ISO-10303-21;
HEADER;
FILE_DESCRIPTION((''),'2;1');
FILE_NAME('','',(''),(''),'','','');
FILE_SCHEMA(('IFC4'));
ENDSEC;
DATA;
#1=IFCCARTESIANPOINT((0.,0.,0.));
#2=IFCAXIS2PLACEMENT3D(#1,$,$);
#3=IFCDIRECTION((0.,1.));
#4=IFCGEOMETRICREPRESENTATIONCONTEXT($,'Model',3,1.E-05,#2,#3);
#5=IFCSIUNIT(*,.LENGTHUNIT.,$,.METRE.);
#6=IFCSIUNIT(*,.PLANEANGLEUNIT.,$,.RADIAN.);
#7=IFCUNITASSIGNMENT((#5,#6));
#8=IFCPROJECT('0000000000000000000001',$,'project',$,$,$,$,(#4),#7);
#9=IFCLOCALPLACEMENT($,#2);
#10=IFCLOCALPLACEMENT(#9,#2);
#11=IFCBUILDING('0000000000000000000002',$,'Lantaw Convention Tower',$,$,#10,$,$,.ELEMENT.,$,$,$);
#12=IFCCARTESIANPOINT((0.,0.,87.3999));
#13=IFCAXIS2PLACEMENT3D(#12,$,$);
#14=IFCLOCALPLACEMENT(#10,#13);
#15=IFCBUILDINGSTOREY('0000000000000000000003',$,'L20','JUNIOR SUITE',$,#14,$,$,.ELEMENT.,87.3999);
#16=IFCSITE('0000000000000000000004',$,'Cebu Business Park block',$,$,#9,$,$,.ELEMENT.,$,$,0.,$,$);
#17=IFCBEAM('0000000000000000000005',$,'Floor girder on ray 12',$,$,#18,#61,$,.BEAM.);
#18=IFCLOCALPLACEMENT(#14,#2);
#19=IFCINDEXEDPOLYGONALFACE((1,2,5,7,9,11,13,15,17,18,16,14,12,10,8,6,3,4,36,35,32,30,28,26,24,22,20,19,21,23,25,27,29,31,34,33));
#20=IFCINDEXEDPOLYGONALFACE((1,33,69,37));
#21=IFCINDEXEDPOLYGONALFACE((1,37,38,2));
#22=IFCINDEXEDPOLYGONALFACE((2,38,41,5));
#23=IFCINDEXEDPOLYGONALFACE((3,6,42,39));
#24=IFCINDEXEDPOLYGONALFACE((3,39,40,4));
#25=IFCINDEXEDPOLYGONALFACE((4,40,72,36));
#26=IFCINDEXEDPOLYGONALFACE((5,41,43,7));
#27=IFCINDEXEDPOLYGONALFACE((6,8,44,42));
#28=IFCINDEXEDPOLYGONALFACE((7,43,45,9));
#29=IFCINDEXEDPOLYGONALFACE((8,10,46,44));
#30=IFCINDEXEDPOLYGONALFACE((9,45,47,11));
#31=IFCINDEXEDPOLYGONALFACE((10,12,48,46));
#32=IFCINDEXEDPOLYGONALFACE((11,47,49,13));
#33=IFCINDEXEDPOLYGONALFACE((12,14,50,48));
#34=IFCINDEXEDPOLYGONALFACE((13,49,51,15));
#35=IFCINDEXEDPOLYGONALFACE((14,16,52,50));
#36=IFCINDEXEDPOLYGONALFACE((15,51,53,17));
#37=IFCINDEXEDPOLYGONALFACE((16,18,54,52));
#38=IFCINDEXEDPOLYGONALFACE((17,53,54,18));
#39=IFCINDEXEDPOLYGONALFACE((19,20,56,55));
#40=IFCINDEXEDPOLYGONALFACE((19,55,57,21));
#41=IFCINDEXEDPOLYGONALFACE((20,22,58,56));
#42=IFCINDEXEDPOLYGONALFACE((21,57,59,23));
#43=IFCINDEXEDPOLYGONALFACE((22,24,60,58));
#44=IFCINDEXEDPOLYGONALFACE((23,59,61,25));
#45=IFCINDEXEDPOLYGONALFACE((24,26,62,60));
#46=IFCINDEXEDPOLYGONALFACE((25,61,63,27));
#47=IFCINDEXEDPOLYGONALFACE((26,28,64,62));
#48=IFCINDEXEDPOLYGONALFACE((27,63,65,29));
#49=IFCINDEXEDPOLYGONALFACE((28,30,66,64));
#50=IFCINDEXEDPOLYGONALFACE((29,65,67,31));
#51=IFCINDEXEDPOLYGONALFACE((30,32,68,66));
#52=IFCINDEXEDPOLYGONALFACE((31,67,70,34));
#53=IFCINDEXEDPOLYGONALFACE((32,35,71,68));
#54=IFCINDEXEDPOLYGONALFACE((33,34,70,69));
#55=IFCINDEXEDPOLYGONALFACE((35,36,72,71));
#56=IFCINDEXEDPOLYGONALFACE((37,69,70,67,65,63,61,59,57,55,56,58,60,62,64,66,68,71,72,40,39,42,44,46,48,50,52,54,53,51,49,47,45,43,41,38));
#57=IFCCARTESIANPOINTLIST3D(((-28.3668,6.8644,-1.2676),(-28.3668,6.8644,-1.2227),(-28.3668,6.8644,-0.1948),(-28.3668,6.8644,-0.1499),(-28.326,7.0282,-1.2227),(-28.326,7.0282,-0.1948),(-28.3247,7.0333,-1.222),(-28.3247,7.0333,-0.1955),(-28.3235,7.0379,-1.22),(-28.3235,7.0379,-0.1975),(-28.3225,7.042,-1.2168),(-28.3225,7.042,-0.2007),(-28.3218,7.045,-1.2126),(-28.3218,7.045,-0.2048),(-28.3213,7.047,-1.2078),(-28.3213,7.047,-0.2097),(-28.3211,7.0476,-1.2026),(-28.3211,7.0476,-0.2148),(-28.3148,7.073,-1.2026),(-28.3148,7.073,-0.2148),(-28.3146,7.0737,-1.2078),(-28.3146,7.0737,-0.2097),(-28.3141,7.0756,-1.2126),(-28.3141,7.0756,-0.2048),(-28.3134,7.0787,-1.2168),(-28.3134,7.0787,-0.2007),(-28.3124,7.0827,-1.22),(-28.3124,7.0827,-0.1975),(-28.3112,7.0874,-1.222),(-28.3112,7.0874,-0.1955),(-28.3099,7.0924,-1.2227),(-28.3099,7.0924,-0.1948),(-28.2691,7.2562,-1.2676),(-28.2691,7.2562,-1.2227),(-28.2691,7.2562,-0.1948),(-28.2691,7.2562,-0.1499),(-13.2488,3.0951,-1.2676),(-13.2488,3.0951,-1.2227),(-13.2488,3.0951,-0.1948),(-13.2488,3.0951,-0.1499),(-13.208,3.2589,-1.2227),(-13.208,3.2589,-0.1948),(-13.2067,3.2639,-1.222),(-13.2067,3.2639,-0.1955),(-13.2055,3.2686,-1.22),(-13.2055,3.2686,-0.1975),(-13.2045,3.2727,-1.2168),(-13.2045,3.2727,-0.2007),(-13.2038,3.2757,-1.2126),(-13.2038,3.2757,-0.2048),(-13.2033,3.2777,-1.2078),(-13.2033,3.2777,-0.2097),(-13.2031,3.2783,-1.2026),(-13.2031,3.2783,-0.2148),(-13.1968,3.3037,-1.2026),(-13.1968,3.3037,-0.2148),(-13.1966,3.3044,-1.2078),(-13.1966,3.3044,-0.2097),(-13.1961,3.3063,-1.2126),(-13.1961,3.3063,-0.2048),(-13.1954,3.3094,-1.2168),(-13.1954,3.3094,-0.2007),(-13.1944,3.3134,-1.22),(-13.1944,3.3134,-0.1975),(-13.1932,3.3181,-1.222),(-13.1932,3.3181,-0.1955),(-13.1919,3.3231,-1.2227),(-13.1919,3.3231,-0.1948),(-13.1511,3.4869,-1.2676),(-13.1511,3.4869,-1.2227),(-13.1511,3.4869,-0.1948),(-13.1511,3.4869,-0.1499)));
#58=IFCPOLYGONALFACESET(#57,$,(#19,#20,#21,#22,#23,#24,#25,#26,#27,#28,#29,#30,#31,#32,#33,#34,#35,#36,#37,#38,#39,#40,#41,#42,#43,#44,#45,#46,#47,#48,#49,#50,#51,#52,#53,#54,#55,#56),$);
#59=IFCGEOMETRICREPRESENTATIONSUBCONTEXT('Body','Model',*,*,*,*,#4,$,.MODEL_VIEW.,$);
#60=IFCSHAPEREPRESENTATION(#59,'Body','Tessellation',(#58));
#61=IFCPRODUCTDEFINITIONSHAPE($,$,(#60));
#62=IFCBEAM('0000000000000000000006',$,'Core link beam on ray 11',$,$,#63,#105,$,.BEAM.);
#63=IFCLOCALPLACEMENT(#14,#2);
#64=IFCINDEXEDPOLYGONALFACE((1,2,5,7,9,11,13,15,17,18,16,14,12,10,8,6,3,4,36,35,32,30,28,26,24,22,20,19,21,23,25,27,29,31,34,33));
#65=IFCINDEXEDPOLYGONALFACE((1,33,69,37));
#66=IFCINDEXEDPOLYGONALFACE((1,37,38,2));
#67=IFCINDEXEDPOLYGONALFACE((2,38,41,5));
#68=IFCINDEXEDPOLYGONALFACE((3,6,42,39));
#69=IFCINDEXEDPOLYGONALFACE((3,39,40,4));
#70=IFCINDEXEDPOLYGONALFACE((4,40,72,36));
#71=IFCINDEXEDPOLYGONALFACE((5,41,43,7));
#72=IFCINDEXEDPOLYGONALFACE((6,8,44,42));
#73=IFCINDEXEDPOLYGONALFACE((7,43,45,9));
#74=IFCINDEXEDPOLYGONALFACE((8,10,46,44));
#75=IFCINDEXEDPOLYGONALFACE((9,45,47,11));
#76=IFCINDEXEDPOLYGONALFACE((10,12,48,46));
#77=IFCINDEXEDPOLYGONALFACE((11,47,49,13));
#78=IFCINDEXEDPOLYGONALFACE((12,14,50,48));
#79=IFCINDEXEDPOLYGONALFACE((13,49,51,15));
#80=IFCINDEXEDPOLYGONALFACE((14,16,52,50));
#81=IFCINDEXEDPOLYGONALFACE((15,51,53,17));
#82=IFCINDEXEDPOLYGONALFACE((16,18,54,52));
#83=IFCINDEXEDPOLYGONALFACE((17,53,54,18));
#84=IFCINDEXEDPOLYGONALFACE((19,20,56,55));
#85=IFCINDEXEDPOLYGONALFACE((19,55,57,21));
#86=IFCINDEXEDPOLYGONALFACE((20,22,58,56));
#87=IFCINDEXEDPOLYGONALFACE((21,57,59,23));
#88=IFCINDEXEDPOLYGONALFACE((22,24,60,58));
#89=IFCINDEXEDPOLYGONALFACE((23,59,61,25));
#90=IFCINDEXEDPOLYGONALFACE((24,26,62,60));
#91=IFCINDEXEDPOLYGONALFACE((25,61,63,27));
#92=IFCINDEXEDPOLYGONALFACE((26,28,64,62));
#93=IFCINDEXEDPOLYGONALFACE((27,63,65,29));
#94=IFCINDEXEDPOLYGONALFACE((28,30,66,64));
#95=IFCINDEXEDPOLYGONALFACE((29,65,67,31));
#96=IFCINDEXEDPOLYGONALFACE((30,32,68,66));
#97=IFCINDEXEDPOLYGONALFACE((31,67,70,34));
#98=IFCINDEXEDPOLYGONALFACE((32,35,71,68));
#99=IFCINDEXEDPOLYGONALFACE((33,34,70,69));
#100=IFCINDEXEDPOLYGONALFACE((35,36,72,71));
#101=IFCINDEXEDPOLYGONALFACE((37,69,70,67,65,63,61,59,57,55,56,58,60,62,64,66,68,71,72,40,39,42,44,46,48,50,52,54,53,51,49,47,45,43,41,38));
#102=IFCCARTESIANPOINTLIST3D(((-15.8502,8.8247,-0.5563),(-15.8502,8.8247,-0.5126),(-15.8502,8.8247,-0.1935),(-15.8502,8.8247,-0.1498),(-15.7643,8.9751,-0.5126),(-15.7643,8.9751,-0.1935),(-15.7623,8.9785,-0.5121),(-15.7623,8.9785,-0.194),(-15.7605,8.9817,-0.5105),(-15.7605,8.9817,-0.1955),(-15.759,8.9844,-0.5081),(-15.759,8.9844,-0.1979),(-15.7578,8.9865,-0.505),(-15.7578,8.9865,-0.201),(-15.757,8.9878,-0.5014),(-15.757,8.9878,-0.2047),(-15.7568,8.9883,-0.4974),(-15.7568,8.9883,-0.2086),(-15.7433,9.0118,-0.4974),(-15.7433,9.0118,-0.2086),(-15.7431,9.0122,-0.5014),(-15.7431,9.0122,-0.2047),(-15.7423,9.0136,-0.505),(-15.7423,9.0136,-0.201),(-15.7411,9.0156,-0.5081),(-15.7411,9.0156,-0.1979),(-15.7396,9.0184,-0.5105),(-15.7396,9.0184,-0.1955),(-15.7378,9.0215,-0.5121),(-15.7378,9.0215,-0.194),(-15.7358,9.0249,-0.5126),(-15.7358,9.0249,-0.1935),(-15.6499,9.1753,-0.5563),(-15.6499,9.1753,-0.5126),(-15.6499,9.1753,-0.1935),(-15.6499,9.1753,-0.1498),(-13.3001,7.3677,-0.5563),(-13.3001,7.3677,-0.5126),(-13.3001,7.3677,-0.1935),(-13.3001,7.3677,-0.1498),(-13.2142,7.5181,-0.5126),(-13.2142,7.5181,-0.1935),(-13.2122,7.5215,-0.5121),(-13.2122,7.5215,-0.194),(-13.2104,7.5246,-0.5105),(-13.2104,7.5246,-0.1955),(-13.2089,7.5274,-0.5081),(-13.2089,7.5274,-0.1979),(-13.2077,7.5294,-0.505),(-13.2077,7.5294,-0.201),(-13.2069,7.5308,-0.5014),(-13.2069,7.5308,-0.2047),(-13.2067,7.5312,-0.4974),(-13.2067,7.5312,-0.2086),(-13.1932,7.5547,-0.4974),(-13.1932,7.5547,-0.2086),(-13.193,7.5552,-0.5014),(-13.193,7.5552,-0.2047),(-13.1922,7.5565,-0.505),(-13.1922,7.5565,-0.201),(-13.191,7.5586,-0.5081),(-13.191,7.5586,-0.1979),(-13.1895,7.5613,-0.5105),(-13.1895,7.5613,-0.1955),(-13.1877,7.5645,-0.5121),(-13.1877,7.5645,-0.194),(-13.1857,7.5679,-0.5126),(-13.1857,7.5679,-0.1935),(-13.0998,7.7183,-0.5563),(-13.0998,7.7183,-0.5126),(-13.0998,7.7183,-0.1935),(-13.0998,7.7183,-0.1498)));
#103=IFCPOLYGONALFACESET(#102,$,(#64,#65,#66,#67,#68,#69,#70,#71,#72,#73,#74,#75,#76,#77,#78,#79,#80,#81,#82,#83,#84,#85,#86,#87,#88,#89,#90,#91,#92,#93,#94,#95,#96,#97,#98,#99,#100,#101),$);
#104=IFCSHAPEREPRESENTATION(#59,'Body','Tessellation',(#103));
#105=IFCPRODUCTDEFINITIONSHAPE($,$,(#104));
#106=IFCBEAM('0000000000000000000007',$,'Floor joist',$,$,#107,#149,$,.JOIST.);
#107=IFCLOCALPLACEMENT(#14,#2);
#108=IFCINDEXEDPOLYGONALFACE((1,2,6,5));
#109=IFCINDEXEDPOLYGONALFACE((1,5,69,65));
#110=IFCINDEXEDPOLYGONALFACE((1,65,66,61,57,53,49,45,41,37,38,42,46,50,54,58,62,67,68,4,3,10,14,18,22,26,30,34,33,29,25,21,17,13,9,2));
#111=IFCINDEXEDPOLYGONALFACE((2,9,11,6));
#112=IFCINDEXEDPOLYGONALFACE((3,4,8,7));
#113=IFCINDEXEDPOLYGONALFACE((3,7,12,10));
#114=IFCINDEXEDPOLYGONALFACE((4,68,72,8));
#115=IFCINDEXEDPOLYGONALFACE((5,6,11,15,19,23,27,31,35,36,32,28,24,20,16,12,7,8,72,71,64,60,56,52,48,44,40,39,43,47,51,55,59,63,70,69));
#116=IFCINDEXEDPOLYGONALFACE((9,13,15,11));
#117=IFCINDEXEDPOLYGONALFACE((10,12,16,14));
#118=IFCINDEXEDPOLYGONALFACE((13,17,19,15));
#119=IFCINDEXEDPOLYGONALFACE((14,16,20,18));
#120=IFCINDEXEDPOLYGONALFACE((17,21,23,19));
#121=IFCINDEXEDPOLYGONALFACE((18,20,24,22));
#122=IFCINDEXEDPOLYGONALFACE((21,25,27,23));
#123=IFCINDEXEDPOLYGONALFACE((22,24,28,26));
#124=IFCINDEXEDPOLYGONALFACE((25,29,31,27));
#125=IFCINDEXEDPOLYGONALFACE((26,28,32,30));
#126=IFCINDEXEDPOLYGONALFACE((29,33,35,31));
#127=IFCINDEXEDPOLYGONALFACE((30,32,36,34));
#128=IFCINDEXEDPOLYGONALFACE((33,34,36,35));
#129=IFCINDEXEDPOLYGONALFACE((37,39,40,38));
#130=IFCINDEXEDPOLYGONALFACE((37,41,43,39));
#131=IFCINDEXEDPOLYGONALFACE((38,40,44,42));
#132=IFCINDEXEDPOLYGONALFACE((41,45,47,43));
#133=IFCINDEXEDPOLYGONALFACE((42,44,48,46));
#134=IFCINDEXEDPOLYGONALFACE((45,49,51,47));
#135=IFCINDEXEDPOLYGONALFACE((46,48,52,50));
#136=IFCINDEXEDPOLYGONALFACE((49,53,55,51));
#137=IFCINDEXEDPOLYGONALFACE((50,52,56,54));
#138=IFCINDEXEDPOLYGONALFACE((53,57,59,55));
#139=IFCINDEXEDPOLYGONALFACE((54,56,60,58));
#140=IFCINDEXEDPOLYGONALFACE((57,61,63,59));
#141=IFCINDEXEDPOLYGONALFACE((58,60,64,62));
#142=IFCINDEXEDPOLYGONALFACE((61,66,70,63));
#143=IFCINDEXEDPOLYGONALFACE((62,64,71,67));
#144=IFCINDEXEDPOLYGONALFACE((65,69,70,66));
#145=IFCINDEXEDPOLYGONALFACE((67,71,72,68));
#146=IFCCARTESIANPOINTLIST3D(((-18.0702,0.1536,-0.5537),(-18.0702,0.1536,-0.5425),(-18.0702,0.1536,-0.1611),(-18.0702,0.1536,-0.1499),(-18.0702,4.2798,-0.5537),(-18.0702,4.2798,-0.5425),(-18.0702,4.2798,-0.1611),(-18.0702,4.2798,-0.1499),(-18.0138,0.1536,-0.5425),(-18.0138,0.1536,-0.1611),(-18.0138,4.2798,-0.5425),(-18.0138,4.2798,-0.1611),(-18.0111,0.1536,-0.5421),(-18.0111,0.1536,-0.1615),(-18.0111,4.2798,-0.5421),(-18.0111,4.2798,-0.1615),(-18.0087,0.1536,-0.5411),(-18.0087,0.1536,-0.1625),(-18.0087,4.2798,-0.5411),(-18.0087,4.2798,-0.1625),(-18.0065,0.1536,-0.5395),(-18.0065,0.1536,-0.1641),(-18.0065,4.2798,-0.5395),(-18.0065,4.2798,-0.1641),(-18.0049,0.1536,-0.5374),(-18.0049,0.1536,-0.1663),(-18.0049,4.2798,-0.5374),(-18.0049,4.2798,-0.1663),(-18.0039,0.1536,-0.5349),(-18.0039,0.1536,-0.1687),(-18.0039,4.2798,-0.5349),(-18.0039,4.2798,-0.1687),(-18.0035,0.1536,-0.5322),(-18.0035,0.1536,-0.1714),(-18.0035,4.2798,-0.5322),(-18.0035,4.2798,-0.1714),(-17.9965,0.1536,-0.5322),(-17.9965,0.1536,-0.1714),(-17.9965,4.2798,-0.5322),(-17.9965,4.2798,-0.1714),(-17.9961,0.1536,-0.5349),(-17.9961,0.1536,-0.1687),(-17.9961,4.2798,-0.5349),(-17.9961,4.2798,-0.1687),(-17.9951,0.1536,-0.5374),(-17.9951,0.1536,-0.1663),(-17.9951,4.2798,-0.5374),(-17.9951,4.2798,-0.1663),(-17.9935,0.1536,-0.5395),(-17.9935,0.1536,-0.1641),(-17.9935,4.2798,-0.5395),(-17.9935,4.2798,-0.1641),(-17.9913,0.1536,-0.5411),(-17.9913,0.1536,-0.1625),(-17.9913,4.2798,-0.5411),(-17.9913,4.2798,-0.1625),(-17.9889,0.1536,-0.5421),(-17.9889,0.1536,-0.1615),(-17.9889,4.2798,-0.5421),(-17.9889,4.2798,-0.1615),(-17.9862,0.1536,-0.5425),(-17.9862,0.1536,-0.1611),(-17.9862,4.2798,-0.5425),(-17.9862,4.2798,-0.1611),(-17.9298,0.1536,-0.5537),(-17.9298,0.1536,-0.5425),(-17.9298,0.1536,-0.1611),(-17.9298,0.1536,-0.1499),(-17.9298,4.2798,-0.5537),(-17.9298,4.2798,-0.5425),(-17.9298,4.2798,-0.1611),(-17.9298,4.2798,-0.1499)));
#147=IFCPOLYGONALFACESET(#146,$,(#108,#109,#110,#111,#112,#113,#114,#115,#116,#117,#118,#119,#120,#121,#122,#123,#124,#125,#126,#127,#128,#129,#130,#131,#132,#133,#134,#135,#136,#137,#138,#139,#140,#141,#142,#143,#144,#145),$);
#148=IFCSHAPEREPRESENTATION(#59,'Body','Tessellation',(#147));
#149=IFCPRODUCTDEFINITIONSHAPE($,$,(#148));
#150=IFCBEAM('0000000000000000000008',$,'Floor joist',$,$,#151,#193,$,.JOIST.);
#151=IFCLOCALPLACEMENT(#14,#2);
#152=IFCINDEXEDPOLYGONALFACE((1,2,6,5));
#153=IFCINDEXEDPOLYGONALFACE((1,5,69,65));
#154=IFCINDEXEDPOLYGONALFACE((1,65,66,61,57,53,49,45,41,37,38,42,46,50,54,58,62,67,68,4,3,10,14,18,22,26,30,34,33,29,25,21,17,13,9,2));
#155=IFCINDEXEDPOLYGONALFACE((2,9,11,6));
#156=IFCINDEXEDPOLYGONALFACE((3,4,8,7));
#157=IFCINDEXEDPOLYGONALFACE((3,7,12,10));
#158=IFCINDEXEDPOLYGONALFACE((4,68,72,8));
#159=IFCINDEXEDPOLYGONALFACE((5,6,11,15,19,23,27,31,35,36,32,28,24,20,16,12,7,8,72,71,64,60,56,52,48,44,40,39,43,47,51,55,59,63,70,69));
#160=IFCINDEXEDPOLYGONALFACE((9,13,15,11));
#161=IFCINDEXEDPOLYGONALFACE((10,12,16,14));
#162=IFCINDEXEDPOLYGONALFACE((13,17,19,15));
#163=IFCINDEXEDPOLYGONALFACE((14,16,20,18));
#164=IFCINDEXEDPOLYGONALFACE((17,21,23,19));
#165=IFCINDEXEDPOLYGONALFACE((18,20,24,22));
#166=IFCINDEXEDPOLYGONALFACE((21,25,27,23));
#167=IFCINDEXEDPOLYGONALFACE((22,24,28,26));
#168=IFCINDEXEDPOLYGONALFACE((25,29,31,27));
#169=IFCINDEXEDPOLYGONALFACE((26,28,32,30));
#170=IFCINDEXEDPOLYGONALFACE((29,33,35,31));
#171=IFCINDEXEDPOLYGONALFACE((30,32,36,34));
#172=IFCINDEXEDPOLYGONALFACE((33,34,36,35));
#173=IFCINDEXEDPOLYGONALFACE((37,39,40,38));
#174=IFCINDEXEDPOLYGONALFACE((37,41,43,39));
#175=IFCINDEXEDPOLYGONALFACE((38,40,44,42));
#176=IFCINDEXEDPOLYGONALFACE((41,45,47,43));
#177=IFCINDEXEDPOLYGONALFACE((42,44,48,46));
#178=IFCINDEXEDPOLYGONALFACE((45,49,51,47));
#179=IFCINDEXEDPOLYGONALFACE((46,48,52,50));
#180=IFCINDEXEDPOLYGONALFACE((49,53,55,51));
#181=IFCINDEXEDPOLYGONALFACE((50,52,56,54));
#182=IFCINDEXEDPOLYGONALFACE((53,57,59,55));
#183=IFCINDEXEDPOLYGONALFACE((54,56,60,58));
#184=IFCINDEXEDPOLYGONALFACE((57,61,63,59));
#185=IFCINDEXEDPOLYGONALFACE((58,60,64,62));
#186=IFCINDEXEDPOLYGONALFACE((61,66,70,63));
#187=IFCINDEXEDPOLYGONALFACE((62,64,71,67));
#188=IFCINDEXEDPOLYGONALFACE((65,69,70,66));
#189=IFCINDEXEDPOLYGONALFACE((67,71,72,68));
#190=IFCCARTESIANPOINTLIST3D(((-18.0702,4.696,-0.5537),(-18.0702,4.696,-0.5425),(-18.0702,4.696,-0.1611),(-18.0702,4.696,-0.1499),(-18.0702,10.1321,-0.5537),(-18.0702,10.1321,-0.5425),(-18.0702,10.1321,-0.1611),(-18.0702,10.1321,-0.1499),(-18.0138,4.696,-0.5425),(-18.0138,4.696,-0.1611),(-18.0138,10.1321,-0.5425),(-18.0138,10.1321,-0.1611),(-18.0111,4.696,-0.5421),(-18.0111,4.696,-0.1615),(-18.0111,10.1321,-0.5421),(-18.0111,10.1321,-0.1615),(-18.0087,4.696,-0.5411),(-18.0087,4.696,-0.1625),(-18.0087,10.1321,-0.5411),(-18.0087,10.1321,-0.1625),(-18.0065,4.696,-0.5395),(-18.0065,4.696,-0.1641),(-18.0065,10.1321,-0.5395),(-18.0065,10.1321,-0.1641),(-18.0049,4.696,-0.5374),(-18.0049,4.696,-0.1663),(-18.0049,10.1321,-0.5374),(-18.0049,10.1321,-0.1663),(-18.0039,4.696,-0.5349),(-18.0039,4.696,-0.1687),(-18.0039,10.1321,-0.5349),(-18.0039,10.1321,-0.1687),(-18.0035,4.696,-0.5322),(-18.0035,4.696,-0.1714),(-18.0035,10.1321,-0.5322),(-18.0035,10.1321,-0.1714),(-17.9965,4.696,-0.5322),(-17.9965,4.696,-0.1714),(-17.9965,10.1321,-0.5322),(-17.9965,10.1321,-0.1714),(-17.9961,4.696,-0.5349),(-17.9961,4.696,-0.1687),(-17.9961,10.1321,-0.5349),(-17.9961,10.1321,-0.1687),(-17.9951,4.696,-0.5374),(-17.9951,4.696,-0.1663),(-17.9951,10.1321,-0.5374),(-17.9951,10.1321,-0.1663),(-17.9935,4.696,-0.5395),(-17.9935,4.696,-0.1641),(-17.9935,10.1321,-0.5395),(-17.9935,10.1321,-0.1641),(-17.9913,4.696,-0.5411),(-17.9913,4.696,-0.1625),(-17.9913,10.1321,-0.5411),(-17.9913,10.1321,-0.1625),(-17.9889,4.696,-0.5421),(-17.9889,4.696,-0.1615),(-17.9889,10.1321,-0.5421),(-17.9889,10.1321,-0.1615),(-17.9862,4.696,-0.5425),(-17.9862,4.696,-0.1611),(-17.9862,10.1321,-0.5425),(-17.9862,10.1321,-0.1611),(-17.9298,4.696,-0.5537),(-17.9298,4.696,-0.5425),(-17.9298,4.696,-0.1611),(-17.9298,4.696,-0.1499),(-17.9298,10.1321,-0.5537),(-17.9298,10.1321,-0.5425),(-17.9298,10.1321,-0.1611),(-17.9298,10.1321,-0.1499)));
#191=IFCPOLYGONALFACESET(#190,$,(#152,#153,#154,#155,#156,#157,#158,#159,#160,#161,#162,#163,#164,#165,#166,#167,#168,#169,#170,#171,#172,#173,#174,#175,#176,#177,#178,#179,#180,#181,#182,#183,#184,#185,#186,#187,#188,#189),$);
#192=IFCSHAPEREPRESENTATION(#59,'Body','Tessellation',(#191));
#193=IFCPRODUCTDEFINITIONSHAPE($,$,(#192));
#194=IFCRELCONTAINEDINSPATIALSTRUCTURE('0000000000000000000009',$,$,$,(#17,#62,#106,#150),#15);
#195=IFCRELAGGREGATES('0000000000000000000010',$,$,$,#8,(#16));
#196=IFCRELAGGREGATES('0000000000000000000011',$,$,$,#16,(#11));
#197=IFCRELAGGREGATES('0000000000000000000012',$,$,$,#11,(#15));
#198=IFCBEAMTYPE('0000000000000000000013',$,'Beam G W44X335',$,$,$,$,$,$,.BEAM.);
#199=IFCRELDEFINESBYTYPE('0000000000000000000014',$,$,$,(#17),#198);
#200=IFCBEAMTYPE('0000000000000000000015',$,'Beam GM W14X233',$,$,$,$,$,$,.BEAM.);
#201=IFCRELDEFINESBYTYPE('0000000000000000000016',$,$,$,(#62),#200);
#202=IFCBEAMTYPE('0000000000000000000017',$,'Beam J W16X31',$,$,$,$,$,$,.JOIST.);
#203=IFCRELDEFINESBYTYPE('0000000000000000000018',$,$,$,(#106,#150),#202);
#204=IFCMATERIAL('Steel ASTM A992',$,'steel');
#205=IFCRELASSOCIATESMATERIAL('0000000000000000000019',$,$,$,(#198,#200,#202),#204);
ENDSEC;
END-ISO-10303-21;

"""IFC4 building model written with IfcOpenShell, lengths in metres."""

from ifc_helpers import new_model, si_unit, direction, frame, origin, origin_2d, place, context, subcontext, project, spatial, i_section, extrude, material, material_profile, profile_set, type_object, element, save


model = new_model("IFC4")

# Units and contexts
model_context = context("Model", 3, precision=1e-05, world=origin(), true_north=direction((0.0, 1.0)))
body_context = subcontext(model_context, "Body", "Model", "MODEL_VIEW")
ifc_project = project(units=[si_unit("LENGTHUNIT", "METRE"), si_unit("PLANEANGLEUNIT", "RADIAN")], contexts=[model_context])

# Site, building, storey
site_placement = place(None, origin())
site = spatial("IfcSite", under=ifc_project, at=site_placement, Name="Cebu Business Park block", CompositionType="ELEMENT", RefElevation=0.0)
building_placement = place(site_placement, origin())
building = spatial("IfcBuilding", under=site, at=building_placement, Name="Lantaw Convention Tower", CompositionType="ELEMENT")
storey_placement = place(building_placement, frame((0.0, 0.0, 87.3999)))
storey = spatial("IfcBuildingStorey", under=building, at=storey_placement, Name="L20", Description="JUNIOR SUITE", CompositionType="ELEMENT", Elevation=87.3999)

# Beams
ifc_material_1 = material(Name="Steel ASTM A992", Category="steel")
ifc_material_profile_1 = material_profile(ifc_material_1, i_section(OverallWidth=0.4038, OverallDepth=1.1177, WebThickness=0.0261, FlangeThickness=0.0449, FilletRadius=0.02, at=origin_2d()), Name="W44X335")
ifc_profile_set_1 = profile_set([ifc_material_profile_1], Name="Steel ASTM A992")
beam_type_1 = type_object("IfcBeamType", Name="Beam G W44X335", PredefinedType="BEAM", material=ifc_profile_set_1)
beam_1_placement = place(storey_placement, frame((-13.2, 3.291, -0.7087), z_axis=(-0.970296, 0.24192, 0.0), x_axis=(-0.24192, -0.970296, 0.0)))
element("IfcBeam", 1, at=beam_1_placement, inside=storey, type_object=beam_type_1, Name="Floor girder on ray 12", PredefinedType="BEAM", context=body_context, shape_type="SweptSolid", body=[
    extrude(i_section(OverallWidth=0.4038, OverallDepth=1.1177, WebThickness=0.0261, FlangeThickness=0.0449, FilletRadius=0.02, at=origin_2d()), origin(), (0.0, 0.0, 1.0), 15.5808),
])
ifc_material_profile_2 = material_profile(ifc_material_1, i_section(OverallWidth=0.4038, OverallDepth=0.4065, WebThickness=0.0271, FlangeThickness=0.0437, FilletRadius=0.0151, at=origin_2d()), Name="W14X233")
ifc_profile_set_2 = profile_set([ifc_material_profile_2], Name="Steel ASTM A992")
beam_type_2 = type_object("IfcBeamType", Name="Beam GM W14X233", PredefinedType="BEAM", material=ifc_profile_set_2)
beam_2_placement = place(storey_placement, frame((-13.2, 7.543, -0.353), z_axis=(-0.868264, 0.496103, 0.0), x_axis=(-0.496103, -0.868264, 0.0)))
element("IfcBeam", 2, at=beam_2_placement, inside=storey, type_object=beam_type_2, Name="Core link beam on ray 11", PredefinedType="BEAM", context=body_context, shape_type="SweptSolid", body=[
    extrude(i_section(OverallWidth=0.4038, OverallDepth=0.4065, WebThickness=0.0271, FlangeThickness=0.0437, FilletRadius=0.0151, at=origin_2d()), origin(), (0.0, 0.0, 1.0), 2.937),
])
ifc_material_profile_3 = material_profile(ifc_material_1, i_section(OverallWidth=0.1404, OverallDepth=0.4038, WebThickness=0.0071, FlangeThickness=0.0112, FilletRadius=0.0103, at=origin_2d()), Name="W16X31")
ifc_profile_set_3 = profile_set([ifc_material_profile_3], Name="Steel ASTM A992")
beam_type_3 = type_object("IfcBeamType", Name="Beam J W16X31", PredefinedType="JOIST", material=ifc_profile_set_3)
beam_3_placement = place(storey_placement, frame((-18.0, 0.1536, -0.3518), z_axis=(0.0, 1.0, 0.0), x_axis=(-1.0, 0.0, 0.0)))
element("IfcBeam", 3, at=beam_3_placement, inside=storey, type_object=beam_type_3, Name="Floor joist", PredefinedType="JOIST", context=body_context, shape_type="SweptSolid", body=[
    extrude(i_section(OverallWidth=0.1404, OverallDepth=0.4038, WebThickness=0.0071, FlangeThickness=0.0112, FilletRadius=0.0103, at=origin_2d()), origin(), (0.0, 0.0, 1.0), 4.1262),
])
beam_4_placement = place(storey_placement, frame((-18.0, 4.696, -0.3518), z_axis=(0.0, 1.0, 0.0), x_axis=(-1.0, 0.0, 0.0)))
element("IfcBeam", 4, at=beam_4_placement, inside=storey, type_object=beam_type_3, Name="Floor joist", PredefinedType="JOIST", context=body_context, shape_type="SweptSolid", body=[
    extrude(i_section(OverallWidth=0.1404, OverallDepth=0.4038, WebThickness=0.0071, FlangeThickness=0.0112, FilletRadius=0.0103, at=origin_2d()), origin(), (0.0, 0.0, 1.0), 5.436),
])

save(model, "model.ifc")
